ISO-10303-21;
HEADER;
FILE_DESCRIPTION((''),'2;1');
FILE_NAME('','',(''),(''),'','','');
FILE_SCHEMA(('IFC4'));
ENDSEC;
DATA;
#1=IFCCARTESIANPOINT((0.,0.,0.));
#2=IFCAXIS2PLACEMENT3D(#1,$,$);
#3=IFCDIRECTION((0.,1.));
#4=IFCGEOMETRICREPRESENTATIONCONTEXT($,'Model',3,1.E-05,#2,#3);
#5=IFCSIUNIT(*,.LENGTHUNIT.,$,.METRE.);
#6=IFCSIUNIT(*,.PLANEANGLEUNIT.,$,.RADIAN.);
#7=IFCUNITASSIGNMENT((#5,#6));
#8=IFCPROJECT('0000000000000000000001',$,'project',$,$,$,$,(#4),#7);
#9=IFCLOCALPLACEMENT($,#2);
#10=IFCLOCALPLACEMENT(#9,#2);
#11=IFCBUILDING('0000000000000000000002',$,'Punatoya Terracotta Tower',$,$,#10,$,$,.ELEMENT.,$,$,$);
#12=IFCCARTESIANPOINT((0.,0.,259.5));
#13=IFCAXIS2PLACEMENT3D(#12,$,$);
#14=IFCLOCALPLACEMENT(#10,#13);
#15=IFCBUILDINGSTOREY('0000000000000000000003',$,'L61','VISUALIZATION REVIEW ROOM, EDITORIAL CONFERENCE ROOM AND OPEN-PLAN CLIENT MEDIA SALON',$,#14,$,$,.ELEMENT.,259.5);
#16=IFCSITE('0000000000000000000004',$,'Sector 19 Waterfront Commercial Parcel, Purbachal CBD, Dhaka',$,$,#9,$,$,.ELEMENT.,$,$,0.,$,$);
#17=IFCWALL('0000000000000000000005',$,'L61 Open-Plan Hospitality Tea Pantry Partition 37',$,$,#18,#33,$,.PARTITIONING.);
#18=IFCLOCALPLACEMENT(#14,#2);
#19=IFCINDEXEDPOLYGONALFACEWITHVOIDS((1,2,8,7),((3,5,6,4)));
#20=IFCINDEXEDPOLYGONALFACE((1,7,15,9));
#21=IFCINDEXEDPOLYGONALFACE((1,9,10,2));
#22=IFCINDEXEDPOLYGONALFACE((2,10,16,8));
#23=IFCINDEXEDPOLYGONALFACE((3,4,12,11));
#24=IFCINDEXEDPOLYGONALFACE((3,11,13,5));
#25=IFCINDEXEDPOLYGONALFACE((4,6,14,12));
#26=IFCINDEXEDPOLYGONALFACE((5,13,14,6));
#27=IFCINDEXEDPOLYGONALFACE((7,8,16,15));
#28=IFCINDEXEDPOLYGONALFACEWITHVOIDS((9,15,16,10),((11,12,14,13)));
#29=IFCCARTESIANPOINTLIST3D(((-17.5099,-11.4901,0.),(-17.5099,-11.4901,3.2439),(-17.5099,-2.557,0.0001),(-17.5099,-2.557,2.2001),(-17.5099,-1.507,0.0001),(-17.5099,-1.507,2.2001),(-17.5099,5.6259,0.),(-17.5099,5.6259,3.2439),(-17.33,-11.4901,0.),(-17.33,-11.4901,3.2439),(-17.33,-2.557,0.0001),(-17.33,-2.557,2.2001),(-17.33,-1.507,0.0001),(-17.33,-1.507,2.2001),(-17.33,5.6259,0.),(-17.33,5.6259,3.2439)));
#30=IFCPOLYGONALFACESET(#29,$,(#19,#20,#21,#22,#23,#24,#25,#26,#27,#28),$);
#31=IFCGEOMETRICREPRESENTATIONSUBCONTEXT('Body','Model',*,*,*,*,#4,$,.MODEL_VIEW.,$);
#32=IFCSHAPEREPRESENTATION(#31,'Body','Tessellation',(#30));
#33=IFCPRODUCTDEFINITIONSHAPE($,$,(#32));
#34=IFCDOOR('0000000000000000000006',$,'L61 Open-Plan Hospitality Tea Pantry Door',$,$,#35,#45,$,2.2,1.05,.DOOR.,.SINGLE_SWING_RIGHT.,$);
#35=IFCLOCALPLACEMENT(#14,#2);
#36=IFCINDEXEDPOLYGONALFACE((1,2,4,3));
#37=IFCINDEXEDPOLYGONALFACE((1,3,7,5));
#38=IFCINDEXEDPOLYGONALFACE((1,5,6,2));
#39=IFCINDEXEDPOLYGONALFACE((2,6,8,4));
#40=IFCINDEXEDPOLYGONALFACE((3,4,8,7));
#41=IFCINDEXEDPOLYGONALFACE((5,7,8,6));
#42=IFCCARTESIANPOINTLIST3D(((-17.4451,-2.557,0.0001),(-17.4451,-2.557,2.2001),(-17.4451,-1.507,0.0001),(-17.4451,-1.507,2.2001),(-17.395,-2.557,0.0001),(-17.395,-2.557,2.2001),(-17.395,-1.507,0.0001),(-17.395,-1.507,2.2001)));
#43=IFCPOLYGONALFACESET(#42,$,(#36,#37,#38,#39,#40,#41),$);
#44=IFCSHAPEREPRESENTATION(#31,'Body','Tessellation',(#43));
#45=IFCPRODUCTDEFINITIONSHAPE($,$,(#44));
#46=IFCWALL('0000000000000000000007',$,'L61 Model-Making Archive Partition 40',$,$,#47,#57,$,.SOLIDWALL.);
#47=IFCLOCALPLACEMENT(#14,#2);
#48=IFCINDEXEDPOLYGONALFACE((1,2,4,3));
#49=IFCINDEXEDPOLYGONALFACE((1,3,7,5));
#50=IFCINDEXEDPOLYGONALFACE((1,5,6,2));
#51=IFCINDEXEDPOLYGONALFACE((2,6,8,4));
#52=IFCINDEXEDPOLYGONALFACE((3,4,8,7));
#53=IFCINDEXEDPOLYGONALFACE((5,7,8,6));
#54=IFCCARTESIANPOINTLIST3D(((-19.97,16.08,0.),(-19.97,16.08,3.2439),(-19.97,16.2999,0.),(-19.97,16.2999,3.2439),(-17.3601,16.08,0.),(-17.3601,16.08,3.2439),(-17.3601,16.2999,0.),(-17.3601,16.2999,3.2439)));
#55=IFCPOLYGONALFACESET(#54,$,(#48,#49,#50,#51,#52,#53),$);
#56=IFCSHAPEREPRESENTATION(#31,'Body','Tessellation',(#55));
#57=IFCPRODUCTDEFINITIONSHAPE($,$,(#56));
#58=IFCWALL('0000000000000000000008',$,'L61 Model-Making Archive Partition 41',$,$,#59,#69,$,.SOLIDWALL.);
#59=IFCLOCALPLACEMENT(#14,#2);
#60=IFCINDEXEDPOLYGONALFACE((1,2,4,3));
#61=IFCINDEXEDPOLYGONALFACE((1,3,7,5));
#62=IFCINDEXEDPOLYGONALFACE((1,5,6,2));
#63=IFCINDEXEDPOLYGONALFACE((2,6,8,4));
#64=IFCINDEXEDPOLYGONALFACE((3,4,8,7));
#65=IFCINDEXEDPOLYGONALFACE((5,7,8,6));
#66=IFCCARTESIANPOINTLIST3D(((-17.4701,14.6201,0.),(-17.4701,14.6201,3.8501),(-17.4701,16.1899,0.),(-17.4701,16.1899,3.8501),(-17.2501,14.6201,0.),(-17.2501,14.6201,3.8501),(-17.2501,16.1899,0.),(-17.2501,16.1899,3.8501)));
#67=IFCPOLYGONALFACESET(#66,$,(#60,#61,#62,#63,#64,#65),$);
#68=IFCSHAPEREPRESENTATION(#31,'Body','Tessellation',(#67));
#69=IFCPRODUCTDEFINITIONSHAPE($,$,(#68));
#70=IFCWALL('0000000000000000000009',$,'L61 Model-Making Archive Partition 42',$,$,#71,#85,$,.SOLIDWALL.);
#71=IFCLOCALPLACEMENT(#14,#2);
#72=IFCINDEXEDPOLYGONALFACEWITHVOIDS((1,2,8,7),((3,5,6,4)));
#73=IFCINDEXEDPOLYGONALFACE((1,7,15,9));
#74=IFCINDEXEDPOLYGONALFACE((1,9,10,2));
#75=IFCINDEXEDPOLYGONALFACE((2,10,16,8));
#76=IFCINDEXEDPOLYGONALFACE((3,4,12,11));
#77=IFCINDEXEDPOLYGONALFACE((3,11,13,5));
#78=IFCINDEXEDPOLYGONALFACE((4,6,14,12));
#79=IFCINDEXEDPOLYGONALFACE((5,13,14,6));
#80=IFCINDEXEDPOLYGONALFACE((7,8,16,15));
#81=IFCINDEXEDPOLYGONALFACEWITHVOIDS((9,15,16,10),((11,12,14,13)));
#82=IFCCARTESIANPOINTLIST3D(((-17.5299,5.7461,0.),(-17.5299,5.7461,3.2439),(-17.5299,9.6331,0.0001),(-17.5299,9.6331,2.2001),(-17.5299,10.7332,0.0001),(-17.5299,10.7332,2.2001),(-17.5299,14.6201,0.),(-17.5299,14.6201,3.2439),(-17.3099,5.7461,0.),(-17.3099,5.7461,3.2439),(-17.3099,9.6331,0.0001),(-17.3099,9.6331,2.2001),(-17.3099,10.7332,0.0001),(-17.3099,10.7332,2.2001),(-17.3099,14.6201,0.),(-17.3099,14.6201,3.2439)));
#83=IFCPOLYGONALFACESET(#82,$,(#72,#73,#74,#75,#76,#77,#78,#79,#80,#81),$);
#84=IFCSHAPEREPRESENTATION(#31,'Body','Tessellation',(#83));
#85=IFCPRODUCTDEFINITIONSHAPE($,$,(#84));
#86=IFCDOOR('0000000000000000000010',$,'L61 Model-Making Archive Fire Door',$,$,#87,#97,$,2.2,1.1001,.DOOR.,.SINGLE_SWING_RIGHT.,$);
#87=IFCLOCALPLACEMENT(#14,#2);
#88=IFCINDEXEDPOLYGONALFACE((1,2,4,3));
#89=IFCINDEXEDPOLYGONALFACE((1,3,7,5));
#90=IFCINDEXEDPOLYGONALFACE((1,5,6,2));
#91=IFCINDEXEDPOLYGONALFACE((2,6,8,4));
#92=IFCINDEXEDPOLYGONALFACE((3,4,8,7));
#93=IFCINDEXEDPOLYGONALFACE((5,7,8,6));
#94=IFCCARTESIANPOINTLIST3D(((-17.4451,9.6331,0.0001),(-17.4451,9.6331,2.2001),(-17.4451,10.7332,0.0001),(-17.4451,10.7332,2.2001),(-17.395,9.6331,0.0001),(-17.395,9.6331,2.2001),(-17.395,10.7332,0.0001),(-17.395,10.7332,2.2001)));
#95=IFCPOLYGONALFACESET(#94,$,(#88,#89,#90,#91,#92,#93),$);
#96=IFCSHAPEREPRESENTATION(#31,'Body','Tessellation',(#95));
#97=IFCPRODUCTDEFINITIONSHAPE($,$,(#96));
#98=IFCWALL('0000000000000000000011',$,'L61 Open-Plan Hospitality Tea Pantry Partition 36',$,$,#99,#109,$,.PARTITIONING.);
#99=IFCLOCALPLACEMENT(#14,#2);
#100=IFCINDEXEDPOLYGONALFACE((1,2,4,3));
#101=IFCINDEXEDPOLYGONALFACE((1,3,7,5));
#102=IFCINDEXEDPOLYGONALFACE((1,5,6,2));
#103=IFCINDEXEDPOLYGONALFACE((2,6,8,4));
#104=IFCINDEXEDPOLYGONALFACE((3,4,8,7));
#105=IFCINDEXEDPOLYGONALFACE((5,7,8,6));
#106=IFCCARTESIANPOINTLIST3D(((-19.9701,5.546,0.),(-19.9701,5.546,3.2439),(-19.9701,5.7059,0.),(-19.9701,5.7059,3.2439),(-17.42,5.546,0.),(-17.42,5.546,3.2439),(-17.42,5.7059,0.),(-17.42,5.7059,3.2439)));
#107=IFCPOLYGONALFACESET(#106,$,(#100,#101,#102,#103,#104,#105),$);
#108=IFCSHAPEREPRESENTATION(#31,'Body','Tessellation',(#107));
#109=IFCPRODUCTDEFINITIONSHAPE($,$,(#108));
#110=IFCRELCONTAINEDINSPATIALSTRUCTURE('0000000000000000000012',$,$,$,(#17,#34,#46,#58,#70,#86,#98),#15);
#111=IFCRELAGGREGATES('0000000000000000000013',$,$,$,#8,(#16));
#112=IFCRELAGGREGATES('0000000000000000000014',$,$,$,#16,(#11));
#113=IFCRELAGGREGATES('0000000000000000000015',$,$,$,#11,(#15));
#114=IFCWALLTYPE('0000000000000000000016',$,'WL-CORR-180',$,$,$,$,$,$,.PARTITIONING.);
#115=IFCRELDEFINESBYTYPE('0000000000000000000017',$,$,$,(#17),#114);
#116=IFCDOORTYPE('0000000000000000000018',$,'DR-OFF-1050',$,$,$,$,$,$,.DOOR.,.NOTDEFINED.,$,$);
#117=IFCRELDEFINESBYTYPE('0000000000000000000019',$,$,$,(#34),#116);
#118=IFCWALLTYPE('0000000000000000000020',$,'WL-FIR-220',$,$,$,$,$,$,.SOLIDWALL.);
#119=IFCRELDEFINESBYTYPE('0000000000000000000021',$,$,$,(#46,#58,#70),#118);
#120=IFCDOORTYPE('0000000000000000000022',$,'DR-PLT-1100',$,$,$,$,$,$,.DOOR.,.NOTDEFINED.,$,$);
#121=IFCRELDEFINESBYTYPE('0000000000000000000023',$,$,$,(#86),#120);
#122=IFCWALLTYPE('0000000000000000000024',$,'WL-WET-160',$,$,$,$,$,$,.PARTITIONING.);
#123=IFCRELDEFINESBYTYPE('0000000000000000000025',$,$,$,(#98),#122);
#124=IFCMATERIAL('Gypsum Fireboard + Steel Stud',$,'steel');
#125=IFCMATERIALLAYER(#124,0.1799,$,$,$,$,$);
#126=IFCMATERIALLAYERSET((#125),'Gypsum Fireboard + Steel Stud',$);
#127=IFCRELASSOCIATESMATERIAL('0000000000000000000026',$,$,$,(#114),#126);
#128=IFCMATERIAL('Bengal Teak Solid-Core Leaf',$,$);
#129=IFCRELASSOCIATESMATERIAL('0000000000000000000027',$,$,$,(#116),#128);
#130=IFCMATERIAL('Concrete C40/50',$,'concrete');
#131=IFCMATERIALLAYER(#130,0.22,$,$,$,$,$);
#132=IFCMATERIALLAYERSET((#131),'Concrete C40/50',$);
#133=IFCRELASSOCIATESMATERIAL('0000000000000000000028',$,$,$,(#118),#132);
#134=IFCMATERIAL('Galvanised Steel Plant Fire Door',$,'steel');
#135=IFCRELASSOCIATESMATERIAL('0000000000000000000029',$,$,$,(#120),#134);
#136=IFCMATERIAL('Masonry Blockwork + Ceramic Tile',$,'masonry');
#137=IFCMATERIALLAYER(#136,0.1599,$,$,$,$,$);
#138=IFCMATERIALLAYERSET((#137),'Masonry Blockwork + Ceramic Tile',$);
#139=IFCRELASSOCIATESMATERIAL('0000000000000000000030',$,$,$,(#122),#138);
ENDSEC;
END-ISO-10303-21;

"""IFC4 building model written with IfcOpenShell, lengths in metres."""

from ifc_helpers import new_model, si_unit, direction, frame, frame_2d, origin, place, context, subcontext, project, spatial, rectangle, extrude, material, layer, layer_set, type_object, element, fill, save


model = new_model("IFC4")

# Units and contexts
model_context = context("Model", 3, precision=1e-05, world=origin(), true_north=direction((0.0, 1.0)))
body_context = subcontext(model_context, "Body", "Model", "MODEL_VIEW")
ifc_project = project(units=[si_unit("LENGTHUNIT", "METRE"), si_unit("PLANEANGLEUNIT", "RADIAN")], contexts=[model_context])

# Site, building, storey
site_placement = place(None, origin())
site = spatial("IfcSite", under=ifc_project, at=site_placement, Name="Sector 19 Waterfront Commercial Parcel, Purbachal CBD, Dhaka", CompositionType="ELEMENT", RefElevation=0.0)
building_placement = place(site_placement, origin())
building = spatial("IfcBuilding", under=site, at=building_placement, Name="Punatoya Terracotta Tower", CompositionType="ELEMENT")
storey_placement = place(building_placement, frame((0.0, 0.0, 259.5)))
storey = spatial("IfcBuildingStorey", under=building, at=storey_placement, Name="L61", Description="VISUALIZATION REVIEW ROOM, EDITORIAL CONFERENCE ROOM AND OPEN-PLAN CLIENT MEDIA SALON", CompositionType="ELEMENT", Elevation=259.5)

# Wall, opening, door
ifc_material_1 = material(Name="Gypsum Fireboard + Steel Stud", Category="steel")
ifc_layer_1 = layer(ifc_material_1, 0.1799)
ifc_layer_set_1 = layer_set([ifc_layer_1], Name="Gypsum Fireboard + Steel Stud")
wall_type_1 = type_object("IfcWallType", Name="WL-CORR-180", PredefinedType="PARTITIONING", material=ifc_layer_set_1)
wall_1_placement = place(storey_placement, frame((-17.4199, 5.626, 0.0), z_axis=(0.0, 0.0, 1.0), x_axis=(0.0, -1.0, 0.0)))
wall_1 = element("IfcWall", 1, at=wall_1_placement, inside=storey, type_object=wall_type_1, Name="L61 Open-Plan Hospitality Tea Pantry Partition 37", PredefinedType="PARTITIONING", context=body_context, shape_type="SweptSolid", body=[
    extrude(rectangle(XDim=17.116, YDim=0.1799, at=frame_2d((8.5581, 0.0))), origin(), (0.0, 0.0, 1.0), 3.2439),
])
opening_1_placement = place(wall_1_placement, frame((7.1331, 0.0, 0.0)))
opening_1 = element("IfcOpeningElement", 2, at=opening_1_placement, cuts=wall_1, PredefinedType="OPENING", context=body_context, shape_type="SweptSolid", body=[
    extrude(rectangle(XDim=1.05, YDim=2.2, at=frame_2d((0.5249, 1.1001))), frame((0.0, 0.0999, 0.0), z_axis=(0.0, -1.0, 0.0), x_axis=(1.0, 0.0, 0.0)), (0.0, 0.0, 1.0), 0.2),
])
ifc_material_2 = material(Name="Bengal Teak Solid-Core Leaf")
door_type_1 = type_object("IfcDoorType", Name="DR-OFF-1050", OperationType="NOTDEFINED", PredefinedType="DOOR", material=ifc_material_2)
door_1_placement = place(opening_1_placement, origin())
door_1 = element("IfcDoor", 3, at=door_1_placement, inside=storey, type_object=door_type_1, Name="L61 Open-Plan Hospitality Tea Pantry Door", OperationType="SINGLE_SWING_RIGHT", OverallHeight=2.2, OverallWidth=1.05, PredefinedType="DOOR", context=body_context, shape_type="SweptSolid", body=[
    extrude(rectangle(XDim=1.05, YDim=2.2, at=frame_2d((0.5249, 1.1001))), frame((0.0, 0.0249, 0.0), z_axis=(0.0, -1.0, 0.0), x_axis=(1.0, 0.0, 0.0)), (0.0, 0.0, 1.0), 0.05),
])
fill(opening_1, door_1)

# Walls
ifc_material_3 = material(Name="Concrete C40/50", Category="concrete")
ifc_layer_2 = layer(ifc_material_3, 0.22)
ifc_layer_set_2 = layer_set([ifc_layer_2], Name="Concrete C40/50")
wall_type_2 = type_object("IfcWallType", Name="WL-FIR-220", PredefinedType="SOLIDWALL", material=ifc_layer_set_2)
wall_2_placement = place(storey_placement, frame((-19.97, 16.1899, 0.0), z_axis=(0.0, 0.0, 1.0), x_axis=(1.0, 0.0, 0.0)))
element("IfcWall", 4, at=wall_2_placement, inside=storey, type_object=wall_type_2, Name="L61 Model-Making Archive Partition 40", PredefinedType="SOLIDWALL", context=body_context, shape_type="SweptSolid", body=[
    extrude(rectangle(XDim=2.6099, YDim=0.22, at=frame_2d((1.3049, 0.0))), origin(), (0.0, 0.0, 1.0), 3.2439),
])
wall_3_placement = place(storey_placement, frame((-17.3601, 16.1899, 0.0), z_axis=(0.0, 0.0, 1.0), x_axis=(0.0, -1.0, 0.0)))
element("IfcWall", 5, at=wall_3_placement, inside=storey, type_object=wall_type_2, Name="L61 Model-Making Archive Partition 41", PredefinedType="SOLIDWALL", context=body_context, shape_type="SweptSolid", body=[
    extrude(rectangle(XDim=1.5698, YDim=0.22, at=frame_2d((0.7849, 0.0))), origin(), (0.0, 0.0, 1.0), 3.8501),
])

# Wall, opening, door
wall_4_placement = place(storey_placement, frame((-17.4199, 14.6201, 0.0), z_axis=(0.0, 0.0, 1.0), x_axis=(0.0, -1.0, 0.0)))
wall_4 = element("IfcWall", 6, at=wall_4_placement, inside=storey, type_object=wall_type_2, Name="L61 Model-Making Archive Partition 42", PredefinedType="SOLIDWALL", context=body_context, shape_type="SweptSolid", body=[
    extrude(rectangle(XDim=8.874, YDim=0.22, at=frame_2d((4.437, 0.0))), origin(), (0.0, 0.0, 1.0), 3.2439),
])
opening_2_placement = place(wall_4_placement, frame((3.887, 0.0, 0.0)))
opening_2 = element("IfcOpeningElement", 7, at=opening_2_placement, cuts=wall_4, PredefinedType="OPENING", context=body_context, shape_type="SweptSolid", body=[
    extrude(rectangle(XDim=1.1001, YDim=2.2, at=frame_2d((0.55, 1.1001))), frame((0.0, 0.1199, 0.0), z_axis=(0.0, -1.0, 0.0), x_axis=(1.0, 0.0, 0.0)), (0.0, 0.0, 1.0), 0.24),
])
ifc_material_4 = material(Name="Galvanised Steel Plant Fire Door", Category="steel")
door_type_2 = type_object("IfcDoorType", Name="DR-PLT-1100", OperationType="NOTDEFINED", PredefinedType="DOOR", material=ifc_material_4)
door_2_placement = place(opening_2_placement, origin())
door_2 = element("IfcDoor", 8, at=door_2_placement, inside=storey, type_object=door_type_2, Name="L61 Model-Making Archive Fire Door", OperationType="SINGLE_SWING_RIGHT", OverallHeight=2.2, OverallWidth=1.1001, PredefinedType="DOOR", context=body_context, shape_type="SweptSolid", body=[
    extrude(rectangle(XDim=1.1001, YDim=2.2, at=frame_2d((0.55, 1.1001))), frame((0.0, 0.0249, 0.0), z_axis=(0.0, -1.0, 0.0), x_axis=(1.0, 0.0, 0.0)), (0.0, 0.0, 1.0), 0.05),
])
fill(opening_2, door_2)

# Wall
ifc_material_5 = material(Name="Masonry Blockwork + Ceramic Tile", Category="masonry")
ifc_layer_3 = layer(ifc_material_5, 0.1599)
ifc_layer_set_3 = layer_set([ifc_layer_3], Name="Masonry Blockwork + Ceramic Tile")
wall_type_3 = type_object("IfcWallType", Name="WL-WET-160", PredefinedType="PARTITIONING", material=ifc_layer_set_3)
wall_5_placement = place(storey_placement, frame((-19.97, 5.626, 0.0), z_axis=(0.0, 0.0, 1.0), x_axis=(1.0, 0.0, 0.0)))
element("IfcWall", 9, at=wall_5_placement, inside=storey, type_object=wall_type_3, Name="L61 Open-Plan Hospitality Tea Pantry Partition 36", PredefinedType="PARTITIONING", context=body_context, shape_type="SweptSolid", body=[
    extrude(rectangle(XDim=2.55, YDim=0.1599, at=frame_2d((1.2749, 0.0))), origin(), (0.0, 0.0, 1.0), 3.2439),
])

save(model, "model.ifc")
